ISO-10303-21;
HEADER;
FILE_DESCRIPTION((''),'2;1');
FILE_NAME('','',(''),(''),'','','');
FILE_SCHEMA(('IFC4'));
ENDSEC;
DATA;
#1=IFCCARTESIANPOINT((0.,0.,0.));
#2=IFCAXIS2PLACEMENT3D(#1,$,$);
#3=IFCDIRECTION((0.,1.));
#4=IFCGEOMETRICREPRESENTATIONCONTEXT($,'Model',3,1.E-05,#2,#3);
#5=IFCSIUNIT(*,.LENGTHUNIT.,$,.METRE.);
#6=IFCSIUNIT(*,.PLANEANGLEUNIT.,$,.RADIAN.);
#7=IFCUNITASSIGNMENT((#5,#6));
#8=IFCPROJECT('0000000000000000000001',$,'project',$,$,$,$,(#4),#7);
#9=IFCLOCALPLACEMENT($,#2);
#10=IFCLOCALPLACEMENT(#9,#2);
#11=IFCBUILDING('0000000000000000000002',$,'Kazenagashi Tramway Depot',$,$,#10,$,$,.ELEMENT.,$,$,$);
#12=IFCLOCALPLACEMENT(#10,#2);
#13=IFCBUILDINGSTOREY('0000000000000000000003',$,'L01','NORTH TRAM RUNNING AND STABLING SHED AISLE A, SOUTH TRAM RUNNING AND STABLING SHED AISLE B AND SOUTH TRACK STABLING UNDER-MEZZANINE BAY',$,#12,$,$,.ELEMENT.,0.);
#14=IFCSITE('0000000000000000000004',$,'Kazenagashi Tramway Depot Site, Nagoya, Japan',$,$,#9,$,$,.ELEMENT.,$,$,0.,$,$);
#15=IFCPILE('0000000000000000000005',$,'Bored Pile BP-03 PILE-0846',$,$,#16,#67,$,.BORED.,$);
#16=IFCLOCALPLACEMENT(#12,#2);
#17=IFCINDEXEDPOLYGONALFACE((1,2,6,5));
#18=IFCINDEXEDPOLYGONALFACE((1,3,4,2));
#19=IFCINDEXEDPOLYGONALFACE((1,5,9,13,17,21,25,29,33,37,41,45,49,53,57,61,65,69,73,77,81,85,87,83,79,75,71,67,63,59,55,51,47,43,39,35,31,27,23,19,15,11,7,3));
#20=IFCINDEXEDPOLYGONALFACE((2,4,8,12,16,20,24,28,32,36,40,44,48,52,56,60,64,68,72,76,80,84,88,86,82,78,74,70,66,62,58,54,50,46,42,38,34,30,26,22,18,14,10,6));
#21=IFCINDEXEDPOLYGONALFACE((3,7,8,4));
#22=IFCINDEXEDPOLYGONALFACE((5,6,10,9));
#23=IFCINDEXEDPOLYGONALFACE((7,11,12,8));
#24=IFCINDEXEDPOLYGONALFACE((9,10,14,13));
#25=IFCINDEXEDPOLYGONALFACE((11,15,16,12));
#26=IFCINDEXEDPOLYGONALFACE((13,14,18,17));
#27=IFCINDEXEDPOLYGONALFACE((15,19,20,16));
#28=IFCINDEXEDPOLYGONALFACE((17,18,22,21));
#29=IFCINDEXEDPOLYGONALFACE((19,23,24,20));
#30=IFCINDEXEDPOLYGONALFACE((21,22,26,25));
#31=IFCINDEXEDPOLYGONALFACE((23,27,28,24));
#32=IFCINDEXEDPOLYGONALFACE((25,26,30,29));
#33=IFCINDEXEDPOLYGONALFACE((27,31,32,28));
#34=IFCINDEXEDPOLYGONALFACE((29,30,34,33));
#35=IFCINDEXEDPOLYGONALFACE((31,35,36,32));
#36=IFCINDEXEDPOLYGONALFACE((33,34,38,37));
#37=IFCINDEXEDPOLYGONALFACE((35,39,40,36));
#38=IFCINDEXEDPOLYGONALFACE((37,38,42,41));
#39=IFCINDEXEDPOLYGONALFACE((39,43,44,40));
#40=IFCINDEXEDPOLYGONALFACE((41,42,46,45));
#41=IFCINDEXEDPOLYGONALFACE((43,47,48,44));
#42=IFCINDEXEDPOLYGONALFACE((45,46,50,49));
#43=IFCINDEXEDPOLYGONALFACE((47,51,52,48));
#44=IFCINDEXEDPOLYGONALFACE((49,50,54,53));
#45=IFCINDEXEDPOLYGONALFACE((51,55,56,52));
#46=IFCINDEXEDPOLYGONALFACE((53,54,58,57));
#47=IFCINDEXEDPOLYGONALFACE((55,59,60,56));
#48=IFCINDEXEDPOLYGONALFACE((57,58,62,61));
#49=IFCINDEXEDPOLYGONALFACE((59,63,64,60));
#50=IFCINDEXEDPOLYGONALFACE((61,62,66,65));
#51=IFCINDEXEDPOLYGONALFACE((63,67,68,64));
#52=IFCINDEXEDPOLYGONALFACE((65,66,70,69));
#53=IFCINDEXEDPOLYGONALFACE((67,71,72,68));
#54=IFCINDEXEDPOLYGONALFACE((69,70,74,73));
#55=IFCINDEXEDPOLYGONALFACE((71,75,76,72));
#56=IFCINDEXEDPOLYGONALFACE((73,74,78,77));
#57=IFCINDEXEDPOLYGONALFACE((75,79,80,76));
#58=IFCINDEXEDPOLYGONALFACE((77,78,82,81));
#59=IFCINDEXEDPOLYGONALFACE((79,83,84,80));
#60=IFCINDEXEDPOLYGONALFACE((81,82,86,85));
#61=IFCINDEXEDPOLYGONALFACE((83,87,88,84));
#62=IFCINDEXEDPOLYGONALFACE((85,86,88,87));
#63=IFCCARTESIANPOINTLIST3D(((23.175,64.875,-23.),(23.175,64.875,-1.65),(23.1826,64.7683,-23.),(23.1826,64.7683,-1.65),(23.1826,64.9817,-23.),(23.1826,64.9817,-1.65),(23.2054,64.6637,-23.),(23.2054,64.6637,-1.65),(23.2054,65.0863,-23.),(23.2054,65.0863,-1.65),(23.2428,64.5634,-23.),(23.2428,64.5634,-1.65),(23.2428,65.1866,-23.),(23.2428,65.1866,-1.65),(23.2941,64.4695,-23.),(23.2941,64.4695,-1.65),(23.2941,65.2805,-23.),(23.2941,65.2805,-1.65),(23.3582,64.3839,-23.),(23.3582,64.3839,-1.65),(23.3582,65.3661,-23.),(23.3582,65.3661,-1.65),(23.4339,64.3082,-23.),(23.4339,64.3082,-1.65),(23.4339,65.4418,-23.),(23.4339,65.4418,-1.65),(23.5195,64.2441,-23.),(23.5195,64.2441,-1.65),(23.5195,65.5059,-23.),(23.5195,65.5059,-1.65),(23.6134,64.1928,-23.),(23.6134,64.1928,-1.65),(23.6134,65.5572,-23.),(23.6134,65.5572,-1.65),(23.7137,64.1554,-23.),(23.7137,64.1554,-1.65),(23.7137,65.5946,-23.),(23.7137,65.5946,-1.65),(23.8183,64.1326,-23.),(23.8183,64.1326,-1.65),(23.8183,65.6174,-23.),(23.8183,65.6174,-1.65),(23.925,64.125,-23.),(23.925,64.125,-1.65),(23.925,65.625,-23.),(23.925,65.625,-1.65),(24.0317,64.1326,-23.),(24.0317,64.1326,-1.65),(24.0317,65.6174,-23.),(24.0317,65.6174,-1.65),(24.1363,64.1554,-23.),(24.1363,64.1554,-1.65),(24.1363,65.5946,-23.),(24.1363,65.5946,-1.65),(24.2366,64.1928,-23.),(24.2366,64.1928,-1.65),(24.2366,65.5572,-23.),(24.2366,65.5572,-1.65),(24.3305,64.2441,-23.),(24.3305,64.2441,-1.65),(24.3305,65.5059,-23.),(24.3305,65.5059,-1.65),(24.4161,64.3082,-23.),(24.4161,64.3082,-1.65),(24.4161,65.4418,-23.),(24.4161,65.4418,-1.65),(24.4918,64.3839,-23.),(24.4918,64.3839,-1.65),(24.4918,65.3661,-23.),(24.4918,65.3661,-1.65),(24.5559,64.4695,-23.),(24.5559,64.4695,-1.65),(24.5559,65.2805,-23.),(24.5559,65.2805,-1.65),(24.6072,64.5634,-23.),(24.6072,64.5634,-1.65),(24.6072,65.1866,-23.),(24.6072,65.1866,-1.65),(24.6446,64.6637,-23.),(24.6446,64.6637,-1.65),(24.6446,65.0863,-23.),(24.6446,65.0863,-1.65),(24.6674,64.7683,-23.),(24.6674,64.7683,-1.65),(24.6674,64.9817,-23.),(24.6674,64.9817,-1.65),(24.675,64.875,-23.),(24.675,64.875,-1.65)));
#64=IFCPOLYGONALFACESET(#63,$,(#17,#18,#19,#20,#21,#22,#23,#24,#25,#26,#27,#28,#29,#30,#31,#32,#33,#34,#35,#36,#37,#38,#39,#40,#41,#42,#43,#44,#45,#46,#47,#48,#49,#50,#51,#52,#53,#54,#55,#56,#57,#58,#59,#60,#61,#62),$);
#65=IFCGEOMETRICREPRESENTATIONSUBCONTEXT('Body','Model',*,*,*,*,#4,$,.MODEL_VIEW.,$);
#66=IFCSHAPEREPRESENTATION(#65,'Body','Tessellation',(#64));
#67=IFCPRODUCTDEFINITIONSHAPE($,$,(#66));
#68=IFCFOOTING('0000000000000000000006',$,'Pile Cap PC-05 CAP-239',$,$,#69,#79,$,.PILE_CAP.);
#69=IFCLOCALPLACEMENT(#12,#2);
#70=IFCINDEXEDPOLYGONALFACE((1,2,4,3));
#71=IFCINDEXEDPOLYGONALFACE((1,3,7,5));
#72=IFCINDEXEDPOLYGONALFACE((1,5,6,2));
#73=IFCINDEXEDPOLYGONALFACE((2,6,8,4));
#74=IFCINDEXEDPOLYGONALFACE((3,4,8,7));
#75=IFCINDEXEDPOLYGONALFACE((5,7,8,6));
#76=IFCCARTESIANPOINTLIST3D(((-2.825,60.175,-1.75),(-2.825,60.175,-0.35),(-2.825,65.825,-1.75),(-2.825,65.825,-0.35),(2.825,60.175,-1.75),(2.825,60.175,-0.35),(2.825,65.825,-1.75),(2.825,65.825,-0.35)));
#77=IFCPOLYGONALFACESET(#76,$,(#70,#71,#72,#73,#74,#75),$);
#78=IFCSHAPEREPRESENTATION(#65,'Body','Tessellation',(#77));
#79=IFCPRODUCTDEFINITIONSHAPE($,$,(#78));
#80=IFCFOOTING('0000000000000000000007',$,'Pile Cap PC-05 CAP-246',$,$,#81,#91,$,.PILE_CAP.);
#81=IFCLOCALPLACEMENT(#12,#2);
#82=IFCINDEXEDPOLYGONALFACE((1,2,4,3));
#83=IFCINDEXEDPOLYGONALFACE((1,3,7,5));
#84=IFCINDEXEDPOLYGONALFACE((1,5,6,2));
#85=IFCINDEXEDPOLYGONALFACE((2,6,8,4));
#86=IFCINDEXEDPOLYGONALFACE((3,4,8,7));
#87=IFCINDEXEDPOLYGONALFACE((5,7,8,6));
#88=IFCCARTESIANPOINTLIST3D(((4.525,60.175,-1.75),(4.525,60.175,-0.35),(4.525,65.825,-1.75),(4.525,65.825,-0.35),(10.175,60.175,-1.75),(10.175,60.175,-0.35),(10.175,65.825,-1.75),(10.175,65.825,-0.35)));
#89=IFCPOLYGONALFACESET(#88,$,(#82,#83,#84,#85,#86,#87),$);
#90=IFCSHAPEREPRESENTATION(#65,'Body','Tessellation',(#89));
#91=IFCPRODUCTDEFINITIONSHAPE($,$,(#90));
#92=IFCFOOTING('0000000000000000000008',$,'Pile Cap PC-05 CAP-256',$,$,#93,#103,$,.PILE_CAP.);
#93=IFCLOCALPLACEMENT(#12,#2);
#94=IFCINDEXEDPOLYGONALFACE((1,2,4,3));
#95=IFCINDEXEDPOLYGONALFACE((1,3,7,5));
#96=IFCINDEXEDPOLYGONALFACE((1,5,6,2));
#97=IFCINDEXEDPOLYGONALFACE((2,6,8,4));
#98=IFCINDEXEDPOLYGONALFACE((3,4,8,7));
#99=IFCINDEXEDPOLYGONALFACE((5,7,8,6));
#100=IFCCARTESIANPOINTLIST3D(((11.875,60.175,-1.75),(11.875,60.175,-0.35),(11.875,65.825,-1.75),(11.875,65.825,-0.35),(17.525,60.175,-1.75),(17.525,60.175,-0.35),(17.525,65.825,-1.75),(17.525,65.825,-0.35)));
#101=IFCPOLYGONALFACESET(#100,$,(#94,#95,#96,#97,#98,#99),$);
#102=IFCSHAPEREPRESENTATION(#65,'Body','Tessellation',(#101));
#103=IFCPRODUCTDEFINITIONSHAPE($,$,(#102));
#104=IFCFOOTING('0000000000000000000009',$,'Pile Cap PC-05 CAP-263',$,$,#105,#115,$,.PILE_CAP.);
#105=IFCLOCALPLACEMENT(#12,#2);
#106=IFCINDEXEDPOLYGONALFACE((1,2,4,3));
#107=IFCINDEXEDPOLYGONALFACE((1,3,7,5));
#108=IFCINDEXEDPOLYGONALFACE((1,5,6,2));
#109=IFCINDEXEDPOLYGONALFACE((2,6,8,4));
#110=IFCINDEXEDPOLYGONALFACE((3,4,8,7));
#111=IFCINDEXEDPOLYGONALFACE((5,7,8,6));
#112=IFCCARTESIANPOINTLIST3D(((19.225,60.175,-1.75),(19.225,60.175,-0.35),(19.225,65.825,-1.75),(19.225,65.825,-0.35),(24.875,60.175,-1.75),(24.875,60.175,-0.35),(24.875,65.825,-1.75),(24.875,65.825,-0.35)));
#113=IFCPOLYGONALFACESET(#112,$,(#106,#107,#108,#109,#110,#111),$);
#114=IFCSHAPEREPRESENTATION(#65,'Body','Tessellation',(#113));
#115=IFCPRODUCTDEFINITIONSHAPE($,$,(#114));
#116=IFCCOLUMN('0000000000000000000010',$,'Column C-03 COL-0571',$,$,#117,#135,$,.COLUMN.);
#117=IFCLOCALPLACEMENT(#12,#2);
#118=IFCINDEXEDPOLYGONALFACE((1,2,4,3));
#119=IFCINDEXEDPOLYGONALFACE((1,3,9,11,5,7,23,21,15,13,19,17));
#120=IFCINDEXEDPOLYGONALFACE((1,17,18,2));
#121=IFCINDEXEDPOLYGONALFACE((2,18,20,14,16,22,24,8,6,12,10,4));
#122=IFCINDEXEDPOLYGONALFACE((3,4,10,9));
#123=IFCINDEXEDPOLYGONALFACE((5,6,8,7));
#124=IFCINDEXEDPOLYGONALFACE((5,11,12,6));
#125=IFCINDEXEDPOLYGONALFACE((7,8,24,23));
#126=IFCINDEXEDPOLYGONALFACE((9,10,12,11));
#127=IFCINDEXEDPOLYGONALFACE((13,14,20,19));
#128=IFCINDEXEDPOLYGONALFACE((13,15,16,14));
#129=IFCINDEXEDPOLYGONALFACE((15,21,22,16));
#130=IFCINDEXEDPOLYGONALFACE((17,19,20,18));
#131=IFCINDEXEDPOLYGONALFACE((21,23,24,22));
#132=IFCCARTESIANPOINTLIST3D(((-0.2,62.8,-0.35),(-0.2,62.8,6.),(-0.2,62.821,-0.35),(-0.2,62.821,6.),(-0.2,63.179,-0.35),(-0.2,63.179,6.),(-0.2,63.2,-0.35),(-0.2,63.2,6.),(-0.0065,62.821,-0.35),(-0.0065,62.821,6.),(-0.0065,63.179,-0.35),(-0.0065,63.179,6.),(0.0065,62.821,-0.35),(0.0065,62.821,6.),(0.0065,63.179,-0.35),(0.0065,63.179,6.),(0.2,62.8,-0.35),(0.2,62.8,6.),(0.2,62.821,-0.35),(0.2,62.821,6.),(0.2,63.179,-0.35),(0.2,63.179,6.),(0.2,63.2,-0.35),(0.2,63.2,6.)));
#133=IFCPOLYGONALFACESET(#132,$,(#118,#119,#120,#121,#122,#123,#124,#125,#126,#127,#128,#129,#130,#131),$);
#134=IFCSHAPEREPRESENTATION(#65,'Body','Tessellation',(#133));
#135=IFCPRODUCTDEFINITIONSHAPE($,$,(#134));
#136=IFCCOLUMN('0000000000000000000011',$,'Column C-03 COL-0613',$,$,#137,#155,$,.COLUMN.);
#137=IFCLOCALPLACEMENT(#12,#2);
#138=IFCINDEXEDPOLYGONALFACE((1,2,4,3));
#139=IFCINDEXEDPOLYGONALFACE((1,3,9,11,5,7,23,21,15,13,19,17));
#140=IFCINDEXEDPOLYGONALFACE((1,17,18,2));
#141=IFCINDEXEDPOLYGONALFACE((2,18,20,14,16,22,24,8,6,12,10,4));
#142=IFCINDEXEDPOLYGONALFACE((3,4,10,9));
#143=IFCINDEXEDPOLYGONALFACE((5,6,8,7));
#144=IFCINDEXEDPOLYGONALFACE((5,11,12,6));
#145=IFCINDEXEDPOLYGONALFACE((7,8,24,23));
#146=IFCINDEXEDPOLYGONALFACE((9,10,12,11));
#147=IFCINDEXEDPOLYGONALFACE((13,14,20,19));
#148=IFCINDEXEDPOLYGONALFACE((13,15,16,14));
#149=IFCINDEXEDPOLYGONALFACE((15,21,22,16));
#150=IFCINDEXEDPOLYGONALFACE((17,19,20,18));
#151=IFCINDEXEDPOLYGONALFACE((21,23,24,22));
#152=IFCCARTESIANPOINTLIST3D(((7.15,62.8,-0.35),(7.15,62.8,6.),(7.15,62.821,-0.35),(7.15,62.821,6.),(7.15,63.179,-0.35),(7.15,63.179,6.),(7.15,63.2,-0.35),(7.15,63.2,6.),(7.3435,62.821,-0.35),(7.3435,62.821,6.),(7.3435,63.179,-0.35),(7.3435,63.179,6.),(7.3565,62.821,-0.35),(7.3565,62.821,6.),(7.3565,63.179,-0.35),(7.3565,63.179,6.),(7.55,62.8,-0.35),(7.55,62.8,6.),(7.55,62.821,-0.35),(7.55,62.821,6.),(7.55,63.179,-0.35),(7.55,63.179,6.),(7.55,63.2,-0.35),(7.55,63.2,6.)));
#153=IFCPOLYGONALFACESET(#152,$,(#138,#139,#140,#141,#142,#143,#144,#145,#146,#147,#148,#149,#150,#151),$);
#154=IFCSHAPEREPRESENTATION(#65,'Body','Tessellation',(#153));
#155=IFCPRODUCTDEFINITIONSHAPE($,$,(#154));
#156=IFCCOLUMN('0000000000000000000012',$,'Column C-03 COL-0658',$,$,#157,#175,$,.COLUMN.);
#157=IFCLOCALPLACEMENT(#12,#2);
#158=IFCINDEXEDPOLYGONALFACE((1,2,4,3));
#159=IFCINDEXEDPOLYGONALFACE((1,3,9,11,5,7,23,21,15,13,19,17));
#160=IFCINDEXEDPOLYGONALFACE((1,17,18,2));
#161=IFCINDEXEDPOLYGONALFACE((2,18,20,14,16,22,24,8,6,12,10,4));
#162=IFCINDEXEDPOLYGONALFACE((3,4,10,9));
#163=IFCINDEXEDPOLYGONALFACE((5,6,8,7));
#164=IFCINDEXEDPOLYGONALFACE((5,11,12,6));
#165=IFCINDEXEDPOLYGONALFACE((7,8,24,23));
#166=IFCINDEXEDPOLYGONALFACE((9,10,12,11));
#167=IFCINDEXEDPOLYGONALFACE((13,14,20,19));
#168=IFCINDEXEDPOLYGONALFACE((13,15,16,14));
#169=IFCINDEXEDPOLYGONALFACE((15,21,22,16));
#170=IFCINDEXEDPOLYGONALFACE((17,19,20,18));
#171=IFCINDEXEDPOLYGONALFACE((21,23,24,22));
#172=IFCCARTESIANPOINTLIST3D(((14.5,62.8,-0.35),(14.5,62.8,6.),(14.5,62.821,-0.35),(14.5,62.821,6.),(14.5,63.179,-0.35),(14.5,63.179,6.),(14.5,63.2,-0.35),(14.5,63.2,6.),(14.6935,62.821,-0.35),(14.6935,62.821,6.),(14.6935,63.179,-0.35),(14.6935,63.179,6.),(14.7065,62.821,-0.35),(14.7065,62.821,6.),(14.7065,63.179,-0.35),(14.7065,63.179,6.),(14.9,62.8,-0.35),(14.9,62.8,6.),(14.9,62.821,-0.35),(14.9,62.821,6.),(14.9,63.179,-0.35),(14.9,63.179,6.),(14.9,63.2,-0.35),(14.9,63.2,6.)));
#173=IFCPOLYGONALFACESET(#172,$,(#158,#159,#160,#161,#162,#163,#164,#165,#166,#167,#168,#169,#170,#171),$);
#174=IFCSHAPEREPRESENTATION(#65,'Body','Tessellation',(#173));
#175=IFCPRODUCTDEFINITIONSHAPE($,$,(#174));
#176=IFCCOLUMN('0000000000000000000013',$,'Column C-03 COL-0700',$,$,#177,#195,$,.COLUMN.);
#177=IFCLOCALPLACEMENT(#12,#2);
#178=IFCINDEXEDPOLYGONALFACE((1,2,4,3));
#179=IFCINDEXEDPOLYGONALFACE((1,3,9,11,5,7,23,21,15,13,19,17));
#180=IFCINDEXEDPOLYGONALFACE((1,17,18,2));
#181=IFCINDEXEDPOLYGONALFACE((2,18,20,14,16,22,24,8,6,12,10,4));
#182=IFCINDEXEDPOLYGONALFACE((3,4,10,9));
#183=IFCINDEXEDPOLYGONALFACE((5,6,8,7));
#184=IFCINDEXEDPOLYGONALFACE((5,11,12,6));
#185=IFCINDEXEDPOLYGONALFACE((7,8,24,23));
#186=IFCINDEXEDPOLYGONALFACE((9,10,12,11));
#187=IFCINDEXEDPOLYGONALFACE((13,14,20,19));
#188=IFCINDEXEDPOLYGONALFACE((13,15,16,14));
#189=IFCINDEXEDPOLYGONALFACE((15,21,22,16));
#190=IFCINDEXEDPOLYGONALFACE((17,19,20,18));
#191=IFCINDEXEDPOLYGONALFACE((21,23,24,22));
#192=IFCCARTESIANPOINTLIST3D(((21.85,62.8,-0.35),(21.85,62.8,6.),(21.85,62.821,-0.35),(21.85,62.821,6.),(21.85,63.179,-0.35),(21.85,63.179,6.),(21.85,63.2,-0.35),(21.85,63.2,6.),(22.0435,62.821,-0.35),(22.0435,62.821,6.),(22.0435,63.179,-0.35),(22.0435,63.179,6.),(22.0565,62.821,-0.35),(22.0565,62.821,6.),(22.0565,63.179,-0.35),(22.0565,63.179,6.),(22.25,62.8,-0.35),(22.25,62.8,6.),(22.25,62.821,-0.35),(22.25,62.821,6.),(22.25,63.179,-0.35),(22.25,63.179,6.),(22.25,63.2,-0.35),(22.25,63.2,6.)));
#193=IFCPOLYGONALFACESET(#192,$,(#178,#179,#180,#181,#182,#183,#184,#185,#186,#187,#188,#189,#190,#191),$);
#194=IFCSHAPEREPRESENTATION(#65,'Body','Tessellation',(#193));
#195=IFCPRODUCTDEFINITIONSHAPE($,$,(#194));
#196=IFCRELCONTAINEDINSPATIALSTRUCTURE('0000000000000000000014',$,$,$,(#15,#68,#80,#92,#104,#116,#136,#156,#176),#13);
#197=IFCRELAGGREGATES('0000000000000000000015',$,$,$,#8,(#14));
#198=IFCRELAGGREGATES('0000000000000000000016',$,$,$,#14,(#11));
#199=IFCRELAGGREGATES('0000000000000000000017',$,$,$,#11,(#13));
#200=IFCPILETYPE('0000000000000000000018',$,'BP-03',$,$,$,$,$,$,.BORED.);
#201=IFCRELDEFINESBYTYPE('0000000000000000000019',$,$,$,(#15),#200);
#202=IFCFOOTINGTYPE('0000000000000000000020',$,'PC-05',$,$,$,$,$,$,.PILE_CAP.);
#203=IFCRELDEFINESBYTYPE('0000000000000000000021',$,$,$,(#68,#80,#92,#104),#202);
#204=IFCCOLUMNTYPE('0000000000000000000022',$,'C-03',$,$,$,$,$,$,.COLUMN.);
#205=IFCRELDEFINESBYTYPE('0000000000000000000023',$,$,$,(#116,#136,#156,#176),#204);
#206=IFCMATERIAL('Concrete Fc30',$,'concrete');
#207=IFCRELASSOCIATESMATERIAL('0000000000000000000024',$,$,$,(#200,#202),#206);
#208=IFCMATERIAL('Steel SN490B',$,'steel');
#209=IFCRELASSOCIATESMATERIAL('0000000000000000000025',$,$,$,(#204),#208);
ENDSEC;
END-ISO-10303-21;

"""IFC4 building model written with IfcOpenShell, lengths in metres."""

from ifc_helpers import new_model, si_unit, direction, frame, origin, origin_2d, place, context, subcontext, project, spatial, rectangle, circle, i_section, extrude, material, material_profile, profile_set, type_object, element, save


model = new_model("IFC4")

# Units and contexts
model_context = context("Model", 3, precision=1e-05, world=origin(), true_north=direction((0.0, 1.0)))
body_context = subcontext(model_context, "Body", "Model", "MODEL_VIEW")
ifc_project = project(units=[si_unit("LENGTHUNIT", "METRE"), si_unit("PLANEANGLEUNIT", "RADIAN")], contexts=[model_context])

# Site, building, storey
site_placement = place(None, origin())
site = spatial("IfcSite", under=ifc_project, at=site_placement, Name="Kazenagashi Tramway Depot Site, Nagoya, Japan", CompositionType="ELEMENT", RefElevation=0.0)
building_placement = place(site_placement, origin())
building = spatial("IfcBuilding", under=site, at=building_placement, Name="Kazenagashi Tramway Depot", CompositionType="ELEMENT")
storey_placement = place(building_placement, origin())
storey = spatial("IfcBuildingStorey", under=building, at=storey_placement, Name="L01", Description="NORTH TRAM RUNNING AND STABLING SHED AISLE A, SOUTH TRAM RUNNING AND STABLING SHED AISLE B AND SOUTH TRACK STABLING UNDER-MEZZANINE BAY", CompositionType="ELEMENT", Elevation=0.0)

# Pile
ifc_material_1 = material(Name="Concrete Fc30", Category="concrete")
ifc_material_profile_1 = material_profile(ifc_material_1, circle(Radius=0.75, at=origin_2d()), Name="PILE-1500")
ifc_profile_set_1 = profile_set([ifc_material_profile_1], Name="Concrete Fc30")
pile_type = type_object("IfcPileType", Name="BP-03", PredefinedType="BORED", material=ifc_profile_set_1)
for number, where, z_axis, x_axis, name in (
    (1, (23.925, 64.875, -1.65), (0.0, 0.0, -1.0), (1.0, 0.0, 0.0), "Bored Pile BP-03 PILE-0846"),
):
    element("IfcPile", number, at=place(storey_placement, frame(where, z_axis=z_axis, x_axis=x_axis)), inside=storey, type_object=pile_type, Name=name, PredefinedType="BORED", context=body_context, shape_type="SweptSolid", body=[
        extrude(circle(Radius=0.75, at=origin_2d()), origin(), (0.0, 0.0, 1.0), 21.35),
    ])

# Footings
footing_type = type_object("IfcFootingType", Name="PC-05", PredefinedType="PILE_CAP", material=ifc_material_1)
for number, where, z_axis, x_axis, name in (
    (2, (0.0, 63.0, -1.75), (0.0, 0.0, 1.0), (1.0, 0.0, 0.0), "Pile Cap PC-05 CAP-239"),
    (3, (7.35, 63.0, -1.75), (0.0, 0.0, 1.0), (1.0, 0.0, 0.0), "Pile Cap PC-05 CAP-246"),
    (4, (14.7, 63.0, -1.75), (0.0, 0.0, 1.0), (1.0, 0.0, 0.0), "Pile Cap PC-05 CAP-256"),
    (5, (22.05, 63.0, -1.75), (0.0, 0.0, 1.0), (1.0, 0.0, 0.0), "Pile Cap PC-05 CAP-263"),
):
    element("IfcFooting", number, at=place(storey_placement, frame(where, z_axis=z_axis, x_axis=x_axis)), inside=storey, type_object=footing_type, Name=name, PredefinedType="PILE_CAP", context=body_context, shape_type="SweptSolid", body=[
        extrude(rectangle(XDim=5.65, YDim=5.65, at=origin_2d()), origin(), (0.0, 0.0, 1.0), 1.4),
    ])

# Columns
ifc_material_2 = material(Name="Steel SN490B", Category="steel")
ifc_material_profile_2 = material_profile(ifc_material_2, i_section(OverallWidth=0.4, OverallDepth=0.4, WebThickness=0.013, FlangeThickness=0.021, at=origin_2d()), Name="H-400x400x13x21")
ifc_profile_set_2 = profile_set([ifc_material_profile_2], Name="Steel SN490B")
column_type = type_object("IfcColumnType", Name="C-03", PredefinedType="COLUMN", material=ifc_profile_set_2)
for number, where, z_axis, x_axis, name in (
    (6, (0.0, 63.0, -0.35), (0.0, 0.0, 1.0), (1.0, 0.0, 0.0), "Column C-03 COL-0571"),
    (7, (7.35, 63.0, -0.35), (0.0, 0.0, 1.0), (1.0, 0.0, 0.0), "Column C-03 COL-0613"),
    (8, (14.7, 63.0, -0.35), (0.0, 0.0, 1.0), (1.0, 0.0, 0.0), "Column C-03 COL-0658"),
    (9, (22.05, 63.0, -0.35), (0.0, 0.0, 1.0), (1.0, 0.0, 0.0), "Column C-03 COL-0700"),
):
    element("IfcColumn", number, at=place(storey_placement, frame(where, z_axis=z_axis, x_axis=x_axis)), inside=storey, type_object=column_type, Name=name, PredefinedType="COLUMN", context=body_context, shape_type="SweptSolid", body=[
        extrude(i_section(OverallWidth=0.4, OverallDepth=0.4, WebThickness=0.013, FlangeThickness=0.021, at=origin_2d()), origin(), (0.0, 0.0, 1.0), 6.35),
    ])

save(model, "model.ifc")
